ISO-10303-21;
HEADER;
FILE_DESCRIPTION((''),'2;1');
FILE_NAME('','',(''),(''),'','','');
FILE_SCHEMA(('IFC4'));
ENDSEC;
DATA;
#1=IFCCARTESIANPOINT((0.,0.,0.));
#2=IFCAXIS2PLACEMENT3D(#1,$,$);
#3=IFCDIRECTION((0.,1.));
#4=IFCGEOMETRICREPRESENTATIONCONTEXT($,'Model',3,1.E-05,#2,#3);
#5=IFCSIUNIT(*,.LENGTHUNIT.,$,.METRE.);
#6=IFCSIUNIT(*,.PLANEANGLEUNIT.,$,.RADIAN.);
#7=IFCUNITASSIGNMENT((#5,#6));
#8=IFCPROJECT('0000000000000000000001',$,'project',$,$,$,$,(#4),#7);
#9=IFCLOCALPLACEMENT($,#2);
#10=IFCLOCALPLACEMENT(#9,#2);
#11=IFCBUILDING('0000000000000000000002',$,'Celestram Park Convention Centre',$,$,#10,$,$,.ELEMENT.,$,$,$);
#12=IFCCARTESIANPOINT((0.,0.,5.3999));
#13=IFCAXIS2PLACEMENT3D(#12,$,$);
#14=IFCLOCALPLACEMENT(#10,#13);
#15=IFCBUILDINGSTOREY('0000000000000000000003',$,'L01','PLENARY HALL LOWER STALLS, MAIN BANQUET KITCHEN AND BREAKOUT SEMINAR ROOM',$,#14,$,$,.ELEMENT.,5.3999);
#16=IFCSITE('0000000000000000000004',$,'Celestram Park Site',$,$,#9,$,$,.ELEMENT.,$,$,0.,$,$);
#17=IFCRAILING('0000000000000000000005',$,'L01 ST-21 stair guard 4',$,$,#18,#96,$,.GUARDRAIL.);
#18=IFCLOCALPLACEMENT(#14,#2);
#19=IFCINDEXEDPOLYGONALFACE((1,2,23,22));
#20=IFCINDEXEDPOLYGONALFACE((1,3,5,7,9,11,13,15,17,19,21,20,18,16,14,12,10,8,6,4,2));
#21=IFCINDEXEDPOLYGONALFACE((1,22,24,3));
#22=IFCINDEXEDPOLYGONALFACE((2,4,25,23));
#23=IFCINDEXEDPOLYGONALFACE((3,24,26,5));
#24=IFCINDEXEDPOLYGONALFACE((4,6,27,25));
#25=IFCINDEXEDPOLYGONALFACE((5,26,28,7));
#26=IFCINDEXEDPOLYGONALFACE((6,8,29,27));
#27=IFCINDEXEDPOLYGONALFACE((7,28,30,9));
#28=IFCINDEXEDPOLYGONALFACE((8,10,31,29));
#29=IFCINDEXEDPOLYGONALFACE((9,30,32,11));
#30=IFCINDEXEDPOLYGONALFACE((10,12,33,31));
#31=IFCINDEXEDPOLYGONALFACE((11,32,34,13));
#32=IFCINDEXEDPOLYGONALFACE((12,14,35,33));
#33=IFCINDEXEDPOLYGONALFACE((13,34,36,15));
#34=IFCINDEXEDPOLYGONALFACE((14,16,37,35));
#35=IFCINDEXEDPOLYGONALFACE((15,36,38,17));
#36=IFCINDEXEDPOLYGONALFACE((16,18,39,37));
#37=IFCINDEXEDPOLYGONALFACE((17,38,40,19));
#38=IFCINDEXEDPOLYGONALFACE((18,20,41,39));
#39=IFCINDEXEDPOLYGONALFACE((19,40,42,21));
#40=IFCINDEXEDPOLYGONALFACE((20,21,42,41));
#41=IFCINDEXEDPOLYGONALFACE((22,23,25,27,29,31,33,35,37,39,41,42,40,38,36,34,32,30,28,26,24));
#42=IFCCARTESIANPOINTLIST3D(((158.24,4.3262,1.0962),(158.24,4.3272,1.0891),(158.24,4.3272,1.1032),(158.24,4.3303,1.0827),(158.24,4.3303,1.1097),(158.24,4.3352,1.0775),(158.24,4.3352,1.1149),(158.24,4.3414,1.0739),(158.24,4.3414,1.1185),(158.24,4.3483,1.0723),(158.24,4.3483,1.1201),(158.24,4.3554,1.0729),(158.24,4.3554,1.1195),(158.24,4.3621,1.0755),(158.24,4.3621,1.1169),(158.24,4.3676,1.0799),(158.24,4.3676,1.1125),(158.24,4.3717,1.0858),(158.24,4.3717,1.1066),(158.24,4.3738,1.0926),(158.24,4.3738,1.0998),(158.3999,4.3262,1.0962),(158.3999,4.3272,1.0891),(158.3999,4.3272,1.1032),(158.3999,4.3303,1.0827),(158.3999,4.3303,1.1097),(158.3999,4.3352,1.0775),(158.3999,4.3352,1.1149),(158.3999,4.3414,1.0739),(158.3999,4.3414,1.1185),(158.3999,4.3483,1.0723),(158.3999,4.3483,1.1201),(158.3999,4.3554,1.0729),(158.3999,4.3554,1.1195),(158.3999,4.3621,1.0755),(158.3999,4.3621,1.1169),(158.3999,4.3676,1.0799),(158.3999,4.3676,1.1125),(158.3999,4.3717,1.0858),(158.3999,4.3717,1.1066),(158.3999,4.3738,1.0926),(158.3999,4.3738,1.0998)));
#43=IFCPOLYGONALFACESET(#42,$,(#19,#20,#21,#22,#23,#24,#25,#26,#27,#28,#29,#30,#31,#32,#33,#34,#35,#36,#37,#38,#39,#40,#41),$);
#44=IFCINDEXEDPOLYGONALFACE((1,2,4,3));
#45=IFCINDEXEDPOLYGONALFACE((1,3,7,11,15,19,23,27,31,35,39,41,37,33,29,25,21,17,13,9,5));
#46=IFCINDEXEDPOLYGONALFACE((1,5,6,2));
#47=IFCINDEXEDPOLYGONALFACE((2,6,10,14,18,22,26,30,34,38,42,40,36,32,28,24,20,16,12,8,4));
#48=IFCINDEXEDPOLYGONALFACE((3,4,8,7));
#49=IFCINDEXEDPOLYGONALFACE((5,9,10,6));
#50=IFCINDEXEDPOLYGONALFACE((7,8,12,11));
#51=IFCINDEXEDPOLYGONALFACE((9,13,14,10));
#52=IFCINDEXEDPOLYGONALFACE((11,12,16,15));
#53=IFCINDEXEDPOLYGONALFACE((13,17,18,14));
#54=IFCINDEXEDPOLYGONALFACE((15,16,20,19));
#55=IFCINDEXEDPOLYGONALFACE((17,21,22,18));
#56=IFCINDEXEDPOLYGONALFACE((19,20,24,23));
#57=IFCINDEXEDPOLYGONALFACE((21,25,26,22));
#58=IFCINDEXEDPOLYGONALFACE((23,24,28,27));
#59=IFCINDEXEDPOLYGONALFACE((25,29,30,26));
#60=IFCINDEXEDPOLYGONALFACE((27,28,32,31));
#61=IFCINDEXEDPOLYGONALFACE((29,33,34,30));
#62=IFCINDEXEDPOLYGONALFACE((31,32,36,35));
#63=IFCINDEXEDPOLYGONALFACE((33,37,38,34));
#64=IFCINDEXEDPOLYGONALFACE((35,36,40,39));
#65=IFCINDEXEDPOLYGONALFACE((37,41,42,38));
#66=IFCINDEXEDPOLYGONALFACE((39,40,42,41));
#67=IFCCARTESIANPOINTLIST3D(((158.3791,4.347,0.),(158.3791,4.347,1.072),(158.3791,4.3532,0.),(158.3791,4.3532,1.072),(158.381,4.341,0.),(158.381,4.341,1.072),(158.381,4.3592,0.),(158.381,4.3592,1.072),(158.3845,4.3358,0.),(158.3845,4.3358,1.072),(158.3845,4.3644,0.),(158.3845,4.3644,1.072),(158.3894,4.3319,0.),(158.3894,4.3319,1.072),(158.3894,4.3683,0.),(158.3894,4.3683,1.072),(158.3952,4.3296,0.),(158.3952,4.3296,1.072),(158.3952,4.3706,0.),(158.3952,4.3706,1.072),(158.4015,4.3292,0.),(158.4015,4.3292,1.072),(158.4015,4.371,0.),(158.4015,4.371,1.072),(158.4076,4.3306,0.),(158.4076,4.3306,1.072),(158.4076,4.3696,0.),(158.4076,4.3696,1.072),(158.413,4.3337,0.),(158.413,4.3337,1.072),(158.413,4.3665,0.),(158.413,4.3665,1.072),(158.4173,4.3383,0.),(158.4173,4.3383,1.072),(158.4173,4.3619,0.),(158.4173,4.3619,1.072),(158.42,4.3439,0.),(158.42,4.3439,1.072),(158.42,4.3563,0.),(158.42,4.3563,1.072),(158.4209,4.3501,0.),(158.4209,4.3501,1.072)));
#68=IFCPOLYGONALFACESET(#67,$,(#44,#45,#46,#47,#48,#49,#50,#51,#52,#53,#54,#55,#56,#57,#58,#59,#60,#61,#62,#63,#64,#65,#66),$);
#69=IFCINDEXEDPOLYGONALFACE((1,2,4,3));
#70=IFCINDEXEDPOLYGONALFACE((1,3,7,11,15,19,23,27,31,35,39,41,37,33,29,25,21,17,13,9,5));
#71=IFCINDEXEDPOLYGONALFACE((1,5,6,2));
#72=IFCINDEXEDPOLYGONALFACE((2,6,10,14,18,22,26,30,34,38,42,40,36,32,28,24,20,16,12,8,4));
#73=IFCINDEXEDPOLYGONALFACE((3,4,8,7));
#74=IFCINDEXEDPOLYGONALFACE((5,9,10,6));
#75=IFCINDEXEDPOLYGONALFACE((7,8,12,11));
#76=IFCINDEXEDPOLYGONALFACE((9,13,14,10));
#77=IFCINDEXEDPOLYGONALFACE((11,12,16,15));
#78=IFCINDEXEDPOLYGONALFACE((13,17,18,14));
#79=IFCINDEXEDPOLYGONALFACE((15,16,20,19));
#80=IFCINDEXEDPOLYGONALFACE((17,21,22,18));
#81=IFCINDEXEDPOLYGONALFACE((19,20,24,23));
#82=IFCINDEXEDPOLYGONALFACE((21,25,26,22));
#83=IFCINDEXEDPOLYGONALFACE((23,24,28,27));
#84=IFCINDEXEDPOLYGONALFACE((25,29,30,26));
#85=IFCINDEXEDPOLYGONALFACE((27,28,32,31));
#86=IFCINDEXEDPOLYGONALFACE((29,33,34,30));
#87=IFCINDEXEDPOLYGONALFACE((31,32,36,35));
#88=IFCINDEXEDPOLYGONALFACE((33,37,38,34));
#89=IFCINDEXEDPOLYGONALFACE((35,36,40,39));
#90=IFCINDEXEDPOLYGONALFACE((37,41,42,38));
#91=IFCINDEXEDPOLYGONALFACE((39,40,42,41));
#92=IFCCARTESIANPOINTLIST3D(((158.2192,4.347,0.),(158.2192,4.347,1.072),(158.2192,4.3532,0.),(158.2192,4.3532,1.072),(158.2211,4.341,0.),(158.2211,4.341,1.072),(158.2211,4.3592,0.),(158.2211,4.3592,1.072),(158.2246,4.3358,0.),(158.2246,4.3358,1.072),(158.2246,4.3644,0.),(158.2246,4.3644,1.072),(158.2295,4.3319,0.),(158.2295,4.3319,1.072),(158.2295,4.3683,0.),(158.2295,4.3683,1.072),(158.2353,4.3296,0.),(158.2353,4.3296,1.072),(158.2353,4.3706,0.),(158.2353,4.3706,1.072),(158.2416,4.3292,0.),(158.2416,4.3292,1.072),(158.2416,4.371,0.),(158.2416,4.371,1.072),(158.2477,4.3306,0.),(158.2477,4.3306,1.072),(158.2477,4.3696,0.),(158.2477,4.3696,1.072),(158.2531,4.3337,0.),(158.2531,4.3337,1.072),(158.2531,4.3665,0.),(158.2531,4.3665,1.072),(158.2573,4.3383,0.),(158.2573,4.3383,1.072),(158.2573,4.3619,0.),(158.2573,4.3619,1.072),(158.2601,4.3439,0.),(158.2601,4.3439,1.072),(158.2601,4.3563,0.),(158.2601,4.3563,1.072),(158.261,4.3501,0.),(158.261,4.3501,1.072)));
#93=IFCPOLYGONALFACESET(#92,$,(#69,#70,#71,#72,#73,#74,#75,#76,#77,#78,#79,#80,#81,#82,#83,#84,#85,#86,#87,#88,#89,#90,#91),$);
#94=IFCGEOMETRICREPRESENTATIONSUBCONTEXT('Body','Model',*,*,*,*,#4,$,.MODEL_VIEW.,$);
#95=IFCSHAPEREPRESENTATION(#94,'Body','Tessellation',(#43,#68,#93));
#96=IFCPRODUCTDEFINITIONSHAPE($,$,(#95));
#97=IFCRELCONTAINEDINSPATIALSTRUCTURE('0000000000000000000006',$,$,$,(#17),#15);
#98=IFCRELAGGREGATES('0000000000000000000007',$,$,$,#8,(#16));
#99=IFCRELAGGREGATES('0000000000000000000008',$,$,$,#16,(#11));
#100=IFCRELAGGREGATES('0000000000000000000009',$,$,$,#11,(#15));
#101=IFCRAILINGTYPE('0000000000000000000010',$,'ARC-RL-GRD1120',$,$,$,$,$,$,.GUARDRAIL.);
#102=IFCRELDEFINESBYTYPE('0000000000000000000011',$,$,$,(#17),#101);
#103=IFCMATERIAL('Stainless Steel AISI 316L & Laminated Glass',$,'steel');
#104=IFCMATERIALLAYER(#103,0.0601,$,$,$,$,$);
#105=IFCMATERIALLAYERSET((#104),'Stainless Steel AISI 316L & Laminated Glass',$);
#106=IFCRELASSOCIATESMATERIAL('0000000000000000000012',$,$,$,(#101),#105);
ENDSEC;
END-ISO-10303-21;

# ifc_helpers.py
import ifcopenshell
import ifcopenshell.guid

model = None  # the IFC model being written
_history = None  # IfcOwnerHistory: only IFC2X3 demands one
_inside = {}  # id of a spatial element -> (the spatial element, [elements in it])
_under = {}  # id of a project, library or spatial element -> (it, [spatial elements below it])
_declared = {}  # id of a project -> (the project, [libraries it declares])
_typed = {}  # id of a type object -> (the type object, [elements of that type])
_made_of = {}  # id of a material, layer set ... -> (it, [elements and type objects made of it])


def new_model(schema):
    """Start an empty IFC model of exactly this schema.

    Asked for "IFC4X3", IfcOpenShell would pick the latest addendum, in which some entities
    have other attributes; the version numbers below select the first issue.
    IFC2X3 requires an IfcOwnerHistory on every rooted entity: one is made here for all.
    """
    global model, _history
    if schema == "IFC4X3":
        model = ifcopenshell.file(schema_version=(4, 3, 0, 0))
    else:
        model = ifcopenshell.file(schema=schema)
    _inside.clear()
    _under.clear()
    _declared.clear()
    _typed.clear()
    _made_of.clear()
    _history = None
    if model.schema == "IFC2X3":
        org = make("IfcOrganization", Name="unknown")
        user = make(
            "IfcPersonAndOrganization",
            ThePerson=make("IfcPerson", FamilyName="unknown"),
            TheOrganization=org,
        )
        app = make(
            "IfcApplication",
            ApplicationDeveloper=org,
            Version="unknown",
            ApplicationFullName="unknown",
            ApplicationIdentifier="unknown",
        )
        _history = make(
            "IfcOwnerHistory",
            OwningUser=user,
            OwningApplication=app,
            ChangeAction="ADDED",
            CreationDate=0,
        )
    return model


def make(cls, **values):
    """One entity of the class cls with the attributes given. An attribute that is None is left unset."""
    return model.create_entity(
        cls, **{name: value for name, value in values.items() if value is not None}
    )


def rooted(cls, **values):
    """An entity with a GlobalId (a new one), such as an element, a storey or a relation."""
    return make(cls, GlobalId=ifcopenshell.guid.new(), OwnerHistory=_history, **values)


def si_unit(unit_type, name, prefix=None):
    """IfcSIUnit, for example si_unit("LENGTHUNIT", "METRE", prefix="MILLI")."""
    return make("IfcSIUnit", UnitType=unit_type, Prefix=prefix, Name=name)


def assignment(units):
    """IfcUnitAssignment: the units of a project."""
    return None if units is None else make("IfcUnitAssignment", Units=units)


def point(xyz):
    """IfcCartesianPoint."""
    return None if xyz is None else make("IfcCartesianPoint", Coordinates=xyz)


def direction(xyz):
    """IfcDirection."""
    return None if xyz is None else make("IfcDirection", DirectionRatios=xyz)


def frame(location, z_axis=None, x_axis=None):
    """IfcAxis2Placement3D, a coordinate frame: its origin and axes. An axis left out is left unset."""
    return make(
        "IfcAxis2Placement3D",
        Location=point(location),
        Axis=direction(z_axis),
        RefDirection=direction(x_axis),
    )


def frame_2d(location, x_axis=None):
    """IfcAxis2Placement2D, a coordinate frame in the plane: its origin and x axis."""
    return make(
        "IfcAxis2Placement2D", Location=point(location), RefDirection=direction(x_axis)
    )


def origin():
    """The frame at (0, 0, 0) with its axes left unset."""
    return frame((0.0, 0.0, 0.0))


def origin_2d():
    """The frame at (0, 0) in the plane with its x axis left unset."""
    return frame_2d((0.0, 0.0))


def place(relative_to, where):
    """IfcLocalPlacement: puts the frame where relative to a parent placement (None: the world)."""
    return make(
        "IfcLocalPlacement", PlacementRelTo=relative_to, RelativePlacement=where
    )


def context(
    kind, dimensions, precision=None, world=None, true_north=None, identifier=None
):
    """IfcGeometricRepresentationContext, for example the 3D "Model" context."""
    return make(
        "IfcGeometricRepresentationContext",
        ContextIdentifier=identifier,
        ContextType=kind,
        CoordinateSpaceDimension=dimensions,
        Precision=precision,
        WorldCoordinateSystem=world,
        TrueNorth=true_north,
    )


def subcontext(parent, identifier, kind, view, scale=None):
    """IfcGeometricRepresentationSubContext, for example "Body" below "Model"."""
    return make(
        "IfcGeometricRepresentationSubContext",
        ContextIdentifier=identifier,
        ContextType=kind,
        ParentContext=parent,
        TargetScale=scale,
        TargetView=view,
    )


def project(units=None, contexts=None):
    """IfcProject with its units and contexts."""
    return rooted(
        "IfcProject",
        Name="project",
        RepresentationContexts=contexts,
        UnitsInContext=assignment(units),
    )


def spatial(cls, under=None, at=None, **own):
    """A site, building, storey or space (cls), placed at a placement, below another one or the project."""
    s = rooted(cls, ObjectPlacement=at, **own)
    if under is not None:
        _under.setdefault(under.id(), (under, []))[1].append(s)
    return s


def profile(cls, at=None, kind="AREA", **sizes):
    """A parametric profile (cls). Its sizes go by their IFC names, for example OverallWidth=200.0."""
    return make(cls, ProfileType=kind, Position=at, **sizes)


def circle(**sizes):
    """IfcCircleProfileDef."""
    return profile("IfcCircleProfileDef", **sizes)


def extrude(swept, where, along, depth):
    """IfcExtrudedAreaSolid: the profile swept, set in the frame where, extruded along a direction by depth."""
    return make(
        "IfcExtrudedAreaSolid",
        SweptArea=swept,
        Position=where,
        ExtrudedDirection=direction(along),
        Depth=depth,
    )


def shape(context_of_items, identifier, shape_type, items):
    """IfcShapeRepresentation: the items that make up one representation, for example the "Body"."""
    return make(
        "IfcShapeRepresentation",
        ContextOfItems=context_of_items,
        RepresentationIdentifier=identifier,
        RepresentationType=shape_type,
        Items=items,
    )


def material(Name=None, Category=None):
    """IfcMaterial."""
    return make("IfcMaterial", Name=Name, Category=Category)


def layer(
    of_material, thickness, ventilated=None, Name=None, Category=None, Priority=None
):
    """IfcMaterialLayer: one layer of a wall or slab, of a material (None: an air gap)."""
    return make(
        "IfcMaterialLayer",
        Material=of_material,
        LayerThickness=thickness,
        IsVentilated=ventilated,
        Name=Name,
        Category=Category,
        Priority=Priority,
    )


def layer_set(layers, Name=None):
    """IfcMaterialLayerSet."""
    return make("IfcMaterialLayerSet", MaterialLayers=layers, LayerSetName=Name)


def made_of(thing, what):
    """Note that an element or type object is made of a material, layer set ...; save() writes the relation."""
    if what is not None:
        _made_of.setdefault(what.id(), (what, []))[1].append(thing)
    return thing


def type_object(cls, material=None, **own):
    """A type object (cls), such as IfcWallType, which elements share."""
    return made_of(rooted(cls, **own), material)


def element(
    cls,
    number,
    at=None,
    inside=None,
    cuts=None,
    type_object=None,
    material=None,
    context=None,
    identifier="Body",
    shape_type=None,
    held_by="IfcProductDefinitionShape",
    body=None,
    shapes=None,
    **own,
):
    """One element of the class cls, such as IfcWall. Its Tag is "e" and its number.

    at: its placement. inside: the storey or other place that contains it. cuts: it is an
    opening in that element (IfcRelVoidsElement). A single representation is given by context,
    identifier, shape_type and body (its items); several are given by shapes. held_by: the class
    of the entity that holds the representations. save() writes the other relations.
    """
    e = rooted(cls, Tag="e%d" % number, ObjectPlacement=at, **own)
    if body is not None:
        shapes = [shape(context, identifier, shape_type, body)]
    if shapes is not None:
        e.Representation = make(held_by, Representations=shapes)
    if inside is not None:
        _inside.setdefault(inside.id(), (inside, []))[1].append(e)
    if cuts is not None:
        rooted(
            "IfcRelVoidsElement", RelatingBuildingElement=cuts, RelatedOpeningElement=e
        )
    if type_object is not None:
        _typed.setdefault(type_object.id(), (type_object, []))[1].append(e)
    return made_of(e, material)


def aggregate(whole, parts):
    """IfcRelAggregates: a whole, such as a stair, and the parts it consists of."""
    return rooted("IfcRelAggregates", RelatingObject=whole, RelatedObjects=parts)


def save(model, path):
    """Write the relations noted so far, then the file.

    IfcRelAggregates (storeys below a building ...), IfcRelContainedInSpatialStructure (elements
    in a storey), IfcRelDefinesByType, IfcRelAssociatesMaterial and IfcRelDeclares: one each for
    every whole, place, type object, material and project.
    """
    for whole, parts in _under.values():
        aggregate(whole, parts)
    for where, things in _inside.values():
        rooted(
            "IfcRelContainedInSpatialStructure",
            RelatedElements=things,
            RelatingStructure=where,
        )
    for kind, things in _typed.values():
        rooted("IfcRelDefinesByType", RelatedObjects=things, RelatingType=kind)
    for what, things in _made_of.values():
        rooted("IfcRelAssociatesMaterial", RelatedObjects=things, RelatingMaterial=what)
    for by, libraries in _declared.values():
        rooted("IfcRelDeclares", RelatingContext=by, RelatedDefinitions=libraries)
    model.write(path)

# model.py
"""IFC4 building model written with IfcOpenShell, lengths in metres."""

from ifc_helpers import new_model, si_unit, direction, frame, origin, origin_2d, place, context, subcontext, project, spatial, circle, extrude, material, layer, layer_set, type_object, element, save


model = new_model("IFC4")

# Units and contexts
model_context = context("Model", 3, precision=1e-05, world=origin(), true_north=direction((0.0, 1.0)))
body_context = subcontext(model_context, "Body", "Model", "MODEL_VIEW")
ifc_project = project(units=[si_unit("LENGTHUNIT", "METRE"), si_unit("PLANEANGLEUNIT", "RADIAN")], contexts=[model_context])

# Site, building, storey
site_placement = place(None, origin())
site = spatial("IfcSite", under=ifc_project, at=site_placement, Name="Celestram Park Site", CompositionType="ELEMENT", RefElevation=0.0)
building_placement = place(site_placement, origin())
building = spatial("IfcBuilding", under=site, at=building_placement, Name="Celestram Park Convention Centre", CompositionType="ELEMENT")
storey_placement = place(building_placement, frame((0.0, 0.0, 5.3999)))
storey = spatial("IfcBuildingStorey", under=building, at=storey_placement, Name="L01", Description="PLENARY HALL LOWER STALLS, MAIN BANQUET KITCHEN AND BREAKOUT SEMINAR ROOM", CompositionType="ELEMENT", Elevation=5.3999)

# Railing
ifc_material_1 = material(Name="Stainless Steel AISI 316L & Laminated Glass", Category="steel")
ifc_layer_1 = layer(ifc_material_1, 0.0601)
ifc_layer_set_1 = layer_set([ifc_layer_1], Name="Stainless Steel AISI 316L & Laminated Glass")
railing_type = type_object("IfcRailingType", Name="ARC-RL-GRD1120", PredefinedType="GUARDRAIL", material=ifc_layer_set_1)
railing_placement = place(storey_placement, frame((158.3999, 4.3501, 0.0)))
element("IfcRailing", 1, at=railing_placement, inside=storey, type_object=railing_type, Name="L01 ST-21 stair guard 4", PredefinedType="GUARDRAIL", context=body_context, shape_type="SweptSolid", body=[
    extrude(circle(Radius=0.0239, at=origin_2d()), frame((0.0, 0.0, 1.0962), z_axis=(-1.0, 0.0, 0.0), x_axis=(0.0, -1.0, 0.0)), (0.0, 0.0, 1.0), 0.1599),
    extrude(circle(Radius=0.021, at=origin_2d()), origin(), (0.0, 0.0, 1.0), 1.072),
    extrude(circle(Radius=0.021, at=origin_2d()), frame((-0.1599, 0.0, 0.0)), (0.0, 0.0, 1.0), 1.072),
])

save(model, "model.ifc")
